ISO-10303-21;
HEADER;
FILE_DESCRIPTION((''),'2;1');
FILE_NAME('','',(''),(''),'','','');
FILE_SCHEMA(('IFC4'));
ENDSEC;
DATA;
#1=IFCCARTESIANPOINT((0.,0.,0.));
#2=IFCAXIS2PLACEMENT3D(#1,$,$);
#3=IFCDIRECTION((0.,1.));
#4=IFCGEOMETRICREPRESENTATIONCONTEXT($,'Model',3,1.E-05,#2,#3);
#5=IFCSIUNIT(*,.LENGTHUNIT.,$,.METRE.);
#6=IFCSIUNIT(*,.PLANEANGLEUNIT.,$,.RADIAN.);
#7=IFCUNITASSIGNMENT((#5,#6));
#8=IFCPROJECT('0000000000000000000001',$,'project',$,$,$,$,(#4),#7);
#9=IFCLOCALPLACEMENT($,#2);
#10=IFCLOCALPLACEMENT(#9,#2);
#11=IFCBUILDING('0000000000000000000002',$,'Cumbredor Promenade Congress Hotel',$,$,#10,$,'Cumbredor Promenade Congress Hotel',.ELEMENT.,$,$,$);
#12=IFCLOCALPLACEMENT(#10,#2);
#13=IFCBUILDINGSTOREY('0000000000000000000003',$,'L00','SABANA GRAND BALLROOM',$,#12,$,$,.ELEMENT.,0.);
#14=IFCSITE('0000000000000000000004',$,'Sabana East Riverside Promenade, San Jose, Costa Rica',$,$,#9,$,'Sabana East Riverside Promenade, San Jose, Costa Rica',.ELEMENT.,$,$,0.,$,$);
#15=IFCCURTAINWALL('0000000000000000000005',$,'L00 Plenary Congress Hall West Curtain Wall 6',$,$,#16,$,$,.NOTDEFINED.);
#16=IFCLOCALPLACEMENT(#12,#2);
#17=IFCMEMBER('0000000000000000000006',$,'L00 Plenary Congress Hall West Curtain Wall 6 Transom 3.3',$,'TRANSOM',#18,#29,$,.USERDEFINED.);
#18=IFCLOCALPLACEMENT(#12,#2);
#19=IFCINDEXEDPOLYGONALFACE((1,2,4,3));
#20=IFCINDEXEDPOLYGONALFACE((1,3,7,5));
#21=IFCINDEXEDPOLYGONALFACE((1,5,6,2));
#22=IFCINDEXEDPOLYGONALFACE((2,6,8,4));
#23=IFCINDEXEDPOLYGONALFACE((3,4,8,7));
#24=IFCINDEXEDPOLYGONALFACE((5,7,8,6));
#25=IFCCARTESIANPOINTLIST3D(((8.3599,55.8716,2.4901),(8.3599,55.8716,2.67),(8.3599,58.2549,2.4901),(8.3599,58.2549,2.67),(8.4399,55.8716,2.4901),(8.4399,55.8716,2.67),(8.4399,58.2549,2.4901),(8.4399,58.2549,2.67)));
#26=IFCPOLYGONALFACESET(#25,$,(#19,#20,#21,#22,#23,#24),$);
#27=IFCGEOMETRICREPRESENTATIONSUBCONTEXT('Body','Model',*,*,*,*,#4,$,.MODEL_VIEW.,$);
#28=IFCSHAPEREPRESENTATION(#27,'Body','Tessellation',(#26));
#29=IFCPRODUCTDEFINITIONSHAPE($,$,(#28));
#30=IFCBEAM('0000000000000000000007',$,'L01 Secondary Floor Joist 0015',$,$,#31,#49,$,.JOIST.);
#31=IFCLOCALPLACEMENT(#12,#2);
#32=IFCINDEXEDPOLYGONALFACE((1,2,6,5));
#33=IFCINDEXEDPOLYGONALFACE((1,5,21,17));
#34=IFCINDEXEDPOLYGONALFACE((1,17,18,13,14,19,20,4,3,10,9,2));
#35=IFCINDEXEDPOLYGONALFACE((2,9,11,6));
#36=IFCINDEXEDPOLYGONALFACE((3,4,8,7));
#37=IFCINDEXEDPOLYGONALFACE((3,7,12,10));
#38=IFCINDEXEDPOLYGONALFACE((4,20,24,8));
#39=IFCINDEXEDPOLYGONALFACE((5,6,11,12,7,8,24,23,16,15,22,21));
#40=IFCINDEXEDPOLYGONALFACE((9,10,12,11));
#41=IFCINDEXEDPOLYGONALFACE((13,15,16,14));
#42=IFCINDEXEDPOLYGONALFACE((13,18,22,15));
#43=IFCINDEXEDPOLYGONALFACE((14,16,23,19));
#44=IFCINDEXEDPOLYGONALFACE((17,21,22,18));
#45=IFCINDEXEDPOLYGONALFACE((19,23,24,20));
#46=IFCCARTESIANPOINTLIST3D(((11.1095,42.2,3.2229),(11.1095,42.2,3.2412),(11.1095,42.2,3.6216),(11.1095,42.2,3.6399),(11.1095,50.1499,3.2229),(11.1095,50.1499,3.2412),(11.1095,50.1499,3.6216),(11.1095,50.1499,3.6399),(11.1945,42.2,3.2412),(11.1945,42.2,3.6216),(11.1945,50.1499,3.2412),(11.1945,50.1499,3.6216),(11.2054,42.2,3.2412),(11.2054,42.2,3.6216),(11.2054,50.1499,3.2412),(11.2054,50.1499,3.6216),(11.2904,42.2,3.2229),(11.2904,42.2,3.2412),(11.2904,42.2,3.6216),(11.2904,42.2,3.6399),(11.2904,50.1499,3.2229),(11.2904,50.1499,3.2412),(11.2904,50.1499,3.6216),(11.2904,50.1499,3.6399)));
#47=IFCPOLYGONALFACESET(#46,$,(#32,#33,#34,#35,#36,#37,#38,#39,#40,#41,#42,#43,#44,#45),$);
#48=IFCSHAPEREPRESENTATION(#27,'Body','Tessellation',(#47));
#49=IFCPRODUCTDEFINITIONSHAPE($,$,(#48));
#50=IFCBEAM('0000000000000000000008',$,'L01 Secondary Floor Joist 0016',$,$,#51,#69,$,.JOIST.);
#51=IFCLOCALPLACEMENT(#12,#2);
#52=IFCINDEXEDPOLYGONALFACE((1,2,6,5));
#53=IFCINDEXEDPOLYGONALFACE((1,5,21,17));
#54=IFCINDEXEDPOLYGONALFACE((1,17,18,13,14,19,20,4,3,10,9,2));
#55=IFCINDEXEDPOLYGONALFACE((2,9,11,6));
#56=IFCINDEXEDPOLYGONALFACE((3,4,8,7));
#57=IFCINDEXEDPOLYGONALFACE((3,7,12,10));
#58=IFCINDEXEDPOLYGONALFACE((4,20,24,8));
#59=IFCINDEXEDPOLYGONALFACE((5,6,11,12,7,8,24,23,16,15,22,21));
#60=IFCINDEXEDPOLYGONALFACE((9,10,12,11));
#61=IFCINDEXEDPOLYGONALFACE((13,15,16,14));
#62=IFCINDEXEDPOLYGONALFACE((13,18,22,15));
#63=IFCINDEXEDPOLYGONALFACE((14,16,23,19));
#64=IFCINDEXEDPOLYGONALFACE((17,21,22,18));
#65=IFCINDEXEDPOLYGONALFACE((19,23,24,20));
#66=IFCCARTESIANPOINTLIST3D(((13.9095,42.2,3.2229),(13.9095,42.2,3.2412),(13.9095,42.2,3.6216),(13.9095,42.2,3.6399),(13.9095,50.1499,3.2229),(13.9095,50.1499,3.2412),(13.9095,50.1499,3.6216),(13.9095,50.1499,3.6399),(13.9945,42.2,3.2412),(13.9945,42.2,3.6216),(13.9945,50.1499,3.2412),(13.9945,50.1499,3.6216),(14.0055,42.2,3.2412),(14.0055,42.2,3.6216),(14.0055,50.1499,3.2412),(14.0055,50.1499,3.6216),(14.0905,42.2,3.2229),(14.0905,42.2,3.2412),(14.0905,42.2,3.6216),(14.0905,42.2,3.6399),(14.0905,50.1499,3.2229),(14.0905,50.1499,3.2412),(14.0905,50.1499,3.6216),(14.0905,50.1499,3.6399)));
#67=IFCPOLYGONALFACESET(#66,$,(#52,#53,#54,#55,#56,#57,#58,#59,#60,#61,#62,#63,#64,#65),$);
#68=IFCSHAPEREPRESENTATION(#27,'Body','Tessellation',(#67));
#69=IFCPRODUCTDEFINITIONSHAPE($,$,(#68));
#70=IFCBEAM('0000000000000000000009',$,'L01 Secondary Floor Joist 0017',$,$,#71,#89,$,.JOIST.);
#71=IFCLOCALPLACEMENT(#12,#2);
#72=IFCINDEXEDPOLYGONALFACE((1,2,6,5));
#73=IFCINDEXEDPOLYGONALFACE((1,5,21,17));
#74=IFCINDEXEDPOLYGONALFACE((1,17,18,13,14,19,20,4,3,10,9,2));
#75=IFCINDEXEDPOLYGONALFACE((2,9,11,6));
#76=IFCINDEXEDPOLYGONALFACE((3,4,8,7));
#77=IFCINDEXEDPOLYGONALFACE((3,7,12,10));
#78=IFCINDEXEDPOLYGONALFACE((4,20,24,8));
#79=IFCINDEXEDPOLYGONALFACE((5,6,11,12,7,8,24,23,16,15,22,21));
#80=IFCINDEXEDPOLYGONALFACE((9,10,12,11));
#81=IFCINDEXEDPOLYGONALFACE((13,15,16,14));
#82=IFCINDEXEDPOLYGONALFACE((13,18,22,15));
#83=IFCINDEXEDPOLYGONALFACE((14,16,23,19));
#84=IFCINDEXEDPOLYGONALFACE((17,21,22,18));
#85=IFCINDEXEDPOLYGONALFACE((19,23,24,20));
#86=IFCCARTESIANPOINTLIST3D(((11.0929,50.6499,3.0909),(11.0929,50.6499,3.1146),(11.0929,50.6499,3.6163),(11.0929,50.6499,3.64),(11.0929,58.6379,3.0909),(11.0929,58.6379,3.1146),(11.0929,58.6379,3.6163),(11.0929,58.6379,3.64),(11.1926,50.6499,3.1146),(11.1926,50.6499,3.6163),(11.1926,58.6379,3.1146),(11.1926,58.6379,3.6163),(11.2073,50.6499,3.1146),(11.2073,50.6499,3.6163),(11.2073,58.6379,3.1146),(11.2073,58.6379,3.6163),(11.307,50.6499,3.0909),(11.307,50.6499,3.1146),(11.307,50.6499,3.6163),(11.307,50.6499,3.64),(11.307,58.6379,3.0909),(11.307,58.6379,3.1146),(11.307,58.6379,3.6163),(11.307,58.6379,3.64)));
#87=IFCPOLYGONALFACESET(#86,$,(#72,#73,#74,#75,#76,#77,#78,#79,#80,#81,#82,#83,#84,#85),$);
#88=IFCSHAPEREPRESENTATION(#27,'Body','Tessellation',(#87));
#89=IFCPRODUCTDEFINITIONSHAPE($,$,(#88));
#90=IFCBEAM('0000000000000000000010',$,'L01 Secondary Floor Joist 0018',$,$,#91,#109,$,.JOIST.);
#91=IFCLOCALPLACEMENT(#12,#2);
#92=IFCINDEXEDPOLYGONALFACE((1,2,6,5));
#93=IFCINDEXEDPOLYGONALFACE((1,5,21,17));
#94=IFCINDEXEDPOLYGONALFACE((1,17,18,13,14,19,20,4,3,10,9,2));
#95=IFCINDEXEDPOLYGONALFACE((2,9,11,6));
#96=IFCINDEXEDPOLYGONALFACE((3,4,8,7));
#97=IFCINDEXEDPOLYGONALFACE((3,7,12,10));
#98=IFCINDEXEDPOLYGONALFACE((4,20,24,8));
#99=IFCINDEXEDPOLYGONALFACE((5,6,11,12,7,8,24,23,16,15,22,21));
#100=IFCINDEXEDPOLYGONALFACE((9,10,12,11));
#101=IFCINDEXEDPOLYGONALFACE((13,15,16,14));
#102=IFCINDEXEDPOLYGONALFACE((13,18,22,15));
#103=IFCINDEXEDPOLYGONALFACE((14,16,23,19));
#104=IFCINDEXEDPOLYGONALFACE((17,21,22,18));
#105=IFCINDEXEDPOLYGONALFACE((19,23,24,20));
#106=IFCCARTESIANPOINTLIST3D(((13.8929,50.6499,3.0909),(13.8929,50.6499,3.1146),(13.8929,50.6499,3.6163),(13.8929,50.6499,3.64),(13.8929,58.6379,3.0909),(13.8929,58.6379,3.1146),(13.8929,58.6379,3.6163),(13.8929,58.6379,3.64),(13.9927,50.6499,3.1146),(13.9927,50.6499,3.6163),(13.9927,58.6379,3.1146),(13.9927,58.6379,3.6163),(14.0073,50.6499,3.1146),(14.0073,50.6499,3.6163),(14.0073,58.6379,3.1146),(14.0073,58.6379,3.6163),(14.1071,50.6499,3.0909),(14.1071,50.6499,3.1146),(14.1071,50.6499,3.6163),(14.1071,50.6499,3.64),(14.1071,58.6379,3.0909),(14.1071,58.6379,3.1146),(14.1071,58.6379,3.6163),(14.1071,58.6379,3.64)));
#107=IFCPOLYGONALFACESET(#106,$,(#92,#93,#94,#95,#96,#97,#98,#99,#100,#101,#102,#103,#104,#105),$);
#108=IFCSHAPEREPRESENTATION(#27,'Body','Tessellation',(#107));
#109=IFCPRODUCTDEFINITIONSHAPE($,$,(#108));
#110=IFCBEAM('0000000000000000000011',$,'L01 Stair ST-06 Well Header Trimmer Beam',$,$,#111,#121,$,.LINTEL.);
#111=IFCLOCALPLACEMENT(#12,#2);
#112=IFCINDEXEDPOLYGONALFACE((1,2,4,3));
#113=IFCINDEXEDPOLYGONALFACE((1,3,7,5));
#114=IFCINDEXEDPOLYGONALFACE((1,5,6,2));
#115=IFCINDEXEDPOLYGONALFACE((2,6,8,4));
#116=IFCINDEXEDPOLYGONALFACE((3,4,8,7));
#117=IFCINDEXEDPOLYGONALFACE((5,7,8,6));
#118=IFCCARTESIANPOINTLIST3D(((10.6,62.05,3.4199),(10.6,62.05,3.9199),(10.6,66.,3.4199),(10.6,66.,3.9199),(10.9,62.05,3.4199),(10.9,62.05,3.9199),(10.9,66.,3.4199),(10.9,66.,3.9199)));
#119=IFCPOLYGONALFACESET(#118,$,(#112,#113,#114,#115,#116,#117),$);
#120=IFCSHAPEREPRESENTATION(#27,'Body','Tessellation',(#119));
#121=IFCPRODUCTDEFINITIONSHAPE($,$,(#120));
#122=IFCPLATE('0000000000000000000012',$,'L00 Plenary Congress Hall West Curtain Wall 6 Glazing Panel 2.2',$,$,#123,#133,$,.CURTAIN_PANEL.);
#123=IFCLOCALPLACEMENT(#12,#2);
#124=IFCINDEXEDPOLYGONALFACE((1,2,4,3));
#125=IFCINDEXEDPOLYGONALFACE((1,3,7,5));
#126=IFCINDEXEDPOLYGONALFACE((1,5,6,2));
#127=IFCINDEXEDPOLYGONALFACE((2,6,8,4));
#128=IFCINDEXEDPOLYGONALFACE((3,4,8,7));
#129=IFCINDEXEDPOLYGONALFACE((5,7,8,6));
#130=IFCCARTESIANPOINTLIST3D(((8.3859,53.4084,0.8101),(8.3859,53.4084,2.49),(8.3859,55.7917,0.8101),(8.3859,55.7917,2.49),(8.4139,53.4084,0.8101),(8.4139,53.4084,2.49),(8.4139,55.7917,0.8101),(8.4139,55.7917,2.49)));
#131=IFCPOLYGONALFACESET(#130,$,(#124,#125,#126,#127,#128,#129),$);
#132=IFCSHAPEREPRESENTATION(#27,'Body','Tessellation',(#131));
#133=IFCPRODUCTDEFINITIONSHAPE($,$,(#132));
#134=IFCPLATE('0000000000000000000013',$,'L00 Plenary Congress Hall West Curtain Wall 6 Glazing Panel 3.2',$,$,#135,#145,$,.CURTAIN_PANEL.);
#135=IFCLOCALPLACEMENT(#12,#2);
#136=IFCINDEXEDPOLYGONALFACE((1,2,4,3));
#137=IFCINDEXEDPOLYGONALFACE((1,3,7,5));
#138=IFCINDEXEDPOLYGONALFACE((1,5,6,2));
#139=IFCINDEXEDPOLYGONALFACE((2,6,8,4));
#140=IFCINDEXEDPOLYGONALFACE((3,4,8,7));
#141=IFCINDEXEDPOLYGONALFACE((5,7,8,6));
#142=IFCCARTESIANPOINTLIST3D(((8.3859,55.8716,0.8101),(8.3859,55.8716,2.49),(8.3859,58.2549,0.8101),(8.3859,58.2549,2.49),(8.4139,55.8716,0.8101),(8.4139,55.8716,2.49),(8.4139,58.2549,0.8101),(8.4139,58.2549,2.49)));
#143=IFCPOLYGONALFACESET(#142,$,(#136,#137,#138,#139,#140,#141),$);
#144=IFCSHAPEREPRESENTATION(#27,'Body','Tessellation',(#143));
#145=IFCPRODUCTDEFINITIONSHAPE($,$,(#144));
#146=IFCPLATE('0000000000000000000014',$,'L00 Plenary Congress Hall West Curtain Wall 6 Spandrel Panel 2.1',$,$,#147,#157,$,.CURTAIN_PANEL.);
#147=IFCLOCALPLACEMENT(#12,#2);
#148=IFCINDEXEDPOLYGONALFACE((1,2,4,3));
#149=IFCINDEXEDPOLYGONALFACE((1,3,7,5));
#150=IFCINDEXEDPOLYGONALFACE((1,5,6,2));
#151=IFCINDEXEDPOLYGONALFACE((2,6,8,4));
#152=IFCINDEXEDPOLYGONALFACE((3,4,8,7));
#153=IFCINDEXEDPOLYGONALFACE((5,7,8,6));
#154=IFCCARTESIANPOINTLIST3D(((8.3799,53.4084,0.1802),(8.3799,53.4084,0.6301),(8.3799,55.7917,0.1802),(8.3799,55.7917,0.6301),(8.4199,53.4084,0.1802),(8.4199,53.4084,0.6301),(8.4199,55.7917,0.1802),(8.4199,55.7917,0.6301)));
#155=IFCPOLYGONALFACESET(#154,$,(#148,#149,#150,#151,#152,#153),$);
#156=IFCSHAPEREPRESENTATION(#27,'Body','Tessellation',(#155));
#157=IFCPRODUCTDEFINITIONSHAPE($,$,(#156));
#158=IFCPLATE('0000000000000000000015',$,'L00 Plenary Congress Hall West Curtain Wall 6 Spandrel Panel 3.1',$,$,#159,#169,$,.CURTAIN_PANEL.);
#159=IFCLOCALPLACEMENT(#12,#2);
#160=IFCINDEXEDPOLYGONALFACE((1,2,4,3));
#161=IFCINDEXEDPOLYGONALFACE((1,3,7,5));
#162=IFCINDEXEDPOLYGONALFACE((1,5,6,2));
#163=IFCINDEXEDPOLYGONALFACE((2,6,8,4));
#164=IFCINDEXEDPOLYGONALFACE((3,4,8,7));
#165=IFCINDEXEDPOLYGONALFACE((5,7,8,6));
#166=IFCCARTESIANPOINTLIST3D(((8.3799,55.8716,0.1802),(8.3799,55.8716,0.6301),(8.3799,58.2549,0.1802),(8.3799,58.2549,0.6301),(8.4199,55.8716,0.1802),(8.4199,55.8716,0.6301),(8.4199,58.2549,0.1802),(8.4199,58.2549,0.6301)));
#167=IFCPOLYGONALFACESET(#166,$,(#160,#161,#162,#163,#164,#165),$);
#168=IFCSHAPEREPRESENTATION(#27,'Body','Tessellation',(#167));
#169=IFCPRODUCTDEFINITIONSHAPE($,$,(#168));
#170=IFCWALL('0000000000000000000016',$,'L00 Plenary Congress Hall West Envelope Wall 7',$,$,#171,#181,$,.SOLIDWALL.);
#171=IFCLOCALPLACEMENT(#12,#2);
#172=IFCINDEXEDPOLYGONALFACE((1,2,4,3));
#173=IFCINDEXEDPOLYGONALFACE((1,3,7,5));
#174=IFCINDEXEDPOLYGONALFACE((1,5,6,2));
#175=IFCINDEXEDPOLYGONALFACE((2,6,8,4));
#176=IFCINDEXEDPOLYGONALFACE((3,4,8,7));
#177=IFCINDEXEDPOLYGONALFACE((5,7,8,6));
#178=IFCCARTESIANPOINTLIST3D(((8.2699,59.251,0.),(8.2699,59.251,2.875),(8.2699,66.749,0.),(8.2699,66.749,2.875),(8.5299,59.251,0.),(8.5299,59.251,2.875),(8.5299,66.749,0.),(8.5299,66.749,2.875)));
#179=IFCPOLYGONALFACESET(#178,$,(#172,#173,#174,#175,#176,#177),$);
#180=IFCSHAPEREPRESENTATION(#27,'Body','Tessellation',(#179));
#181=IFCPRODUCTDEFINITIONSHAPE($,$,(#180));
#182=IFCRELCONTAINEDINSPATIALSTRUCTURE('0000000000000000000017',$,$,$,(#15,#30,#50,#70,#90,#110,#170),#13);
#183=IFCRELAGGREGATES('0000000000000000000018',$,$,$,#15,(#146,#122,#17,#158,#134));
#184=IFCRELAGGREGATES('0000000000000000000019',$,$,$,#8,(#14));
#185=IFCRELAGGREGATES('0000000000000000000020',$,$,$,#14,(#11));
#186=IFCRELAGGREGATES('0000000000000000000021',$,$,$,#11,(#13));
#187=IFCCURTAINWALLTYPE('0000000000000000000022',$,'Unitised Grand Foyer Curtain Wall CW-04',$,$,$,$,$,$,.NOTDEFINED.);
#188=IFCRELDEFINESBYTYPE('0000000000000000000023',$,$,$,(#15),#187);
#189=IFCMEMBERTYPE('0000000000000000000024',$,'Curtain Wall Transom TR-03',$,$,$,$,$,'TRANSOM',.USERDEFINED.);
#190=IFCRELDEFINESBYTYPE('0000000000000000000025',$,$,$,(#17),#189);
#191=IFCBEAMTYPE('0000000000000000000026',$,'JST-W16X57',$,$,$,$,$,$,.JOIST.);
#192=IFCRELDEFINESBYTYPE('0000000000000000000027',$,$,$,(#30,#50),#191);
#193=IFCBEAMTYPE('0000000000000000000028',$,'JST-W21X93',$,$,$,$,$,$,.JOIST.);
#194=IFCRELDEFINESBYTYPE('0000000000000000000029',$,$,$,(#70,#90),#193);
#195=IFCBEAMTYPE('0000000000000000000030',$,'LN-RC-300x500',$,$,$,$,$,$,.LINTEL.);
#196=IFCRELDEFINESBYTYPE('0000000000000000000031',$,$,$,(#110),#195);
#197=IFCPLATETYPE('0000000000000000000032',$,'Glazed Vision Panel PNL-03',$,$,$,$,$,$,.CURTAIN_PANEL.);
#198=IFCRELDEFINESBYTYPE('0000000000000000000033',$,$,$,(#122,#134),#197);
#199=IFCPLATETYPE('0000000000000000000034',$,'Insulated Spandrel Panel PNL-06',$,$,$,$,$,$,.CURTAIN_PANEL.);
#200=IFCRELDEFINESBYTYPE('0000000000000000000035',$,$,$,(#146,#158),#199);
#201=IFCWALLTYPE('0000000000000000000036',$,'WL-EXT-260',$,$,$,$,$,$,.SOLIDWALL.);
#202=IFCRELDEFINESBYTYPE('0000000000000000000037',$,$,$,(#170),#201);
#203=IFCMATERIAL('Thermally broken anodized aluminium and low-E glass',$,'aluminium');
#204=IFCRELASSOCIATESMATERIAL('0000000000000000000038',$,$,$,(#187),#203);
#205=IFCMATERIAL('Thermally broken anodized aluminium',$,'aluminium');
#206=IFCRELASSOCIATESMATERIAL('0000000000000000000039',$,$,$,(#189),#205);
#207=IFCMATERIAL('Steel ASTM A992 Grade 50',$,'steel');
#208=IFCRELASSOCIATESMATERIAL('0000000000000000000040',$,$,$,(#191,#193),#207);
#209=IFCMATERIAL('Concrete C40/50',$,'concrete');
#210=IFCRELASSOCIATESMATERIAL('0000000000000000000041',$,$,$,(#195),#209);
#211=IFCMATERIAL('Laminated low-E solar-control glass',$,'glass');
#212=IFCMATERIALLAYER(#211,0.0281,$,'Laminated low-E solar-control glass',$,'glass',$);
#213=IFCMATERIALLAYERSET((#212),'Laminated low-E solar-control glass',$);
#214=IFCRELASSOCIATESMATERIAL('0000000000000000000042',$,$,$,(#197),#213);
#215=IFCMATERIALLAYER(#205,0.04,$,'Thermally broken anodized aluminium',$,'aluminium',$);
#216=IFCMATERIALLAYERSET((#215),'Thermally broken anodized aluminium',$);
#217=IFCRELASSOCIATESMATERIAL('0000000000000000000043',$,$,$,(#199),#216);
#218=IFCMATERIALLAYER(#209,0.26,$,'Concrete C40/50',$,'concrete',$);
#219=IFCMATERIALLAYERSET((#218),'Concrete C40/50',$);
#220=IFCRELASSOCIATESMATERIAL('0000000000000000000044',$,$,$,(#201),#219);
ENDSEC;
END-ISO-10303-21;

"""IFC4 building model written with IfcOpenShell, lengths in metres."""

from ifc_helpers import new_model, si_unit, direction, frame, frame_2d, origin, origin_2d, place, context, subcontext, project, spatial, rectangle, i_section, extrude, material, layer, layer_set, material_profile, profile_set, type_object, element, aggregate, save


model = new_model("IFC4")

# Units and contexts
model_context = context("Model", 3, precision=1e-05, world=origin(), true_north=direction((0.0, 1.0)))
body_context = subcontext(model_context, "Body", "Model", "MODEL_VIEW")
ifc_project = project(units=[si_unit("LENGTHUNIT", "METRE"), si_unit("PLANEANGLEUNIT", "RADIAN")], contexts=[model_context])

# Site, building, storey
site_placement = place(None, origin())
site = spatial("IfcSite", under=ifc_project, at=site_placement, Name="Sabana East Riverside Promenade, San Jose, Costa Rica", LongName="Sabana East Riverside Promenade, San Jose, Costa Rica", CompositionType="ELEMENT", RefElevation=0.0)
building_placement = place(site_placement, origin())
building = spatial("IfcBuilding", under=site, at=building_placement, Name="Cumbredor Promenade Congress Hotel", LongName="Cumbredor Promenade Congress Hotel", CompositionType="ELEMENT")
storey_placement = place(building_placement, origin())
storey = spatial("IfcBuildingStorey", under=building, at=storey_placement, Name="L00", Description="SABANA GRAND BALLROOM", CompositionType="ELEMENT", Elevation=0.0)

# Shared definitions
ifc_material_1 = material(Name="Concrete C40/50", Category="concrete")
ifc_material_2 = material(Name="Steel ASTM A992 Grade 50", Category="steel")

# Curtain wall, member
ifc_material_3 = material(Name="Thermally broken anodized aluminium and low-E glass", Category="aluminium")
curtain_wall_type = type_object("IfcCurtainWallType", Name="Unitised Grand Foyer Curtain Wall CW-04", PredefinedType="NOTDEFINED", material=ifc_material_3)
curtain_wall_placement = place(storey_placement, origin())
curtain_wall = element("IfcCurtainWall", 1, at=curtain_wall_placement, inside=storey, type_object=curtain_wall_type, Name="L00 Plenary Congress Hall West Curtain Wall 6", PredefinedType="NOTDEFINED")
ifc_material_4 = material(Name="Thermally broken anodized aluminium", Category="aluminium")
ifc_material_profile_1 = material_profile(ifc_material_4, rectangle(XDim=0.0801, YDim=0.1799, at=origin_2d()), Name="ALU TRANSOM 80x180")
ifc_profile_set_1 = profile_set([ifc_material_profile_1], Name="Thermally broken anodized aluminium")
member_type_1 = type_object("IfcMemberType", Name="Curtain Wall Transom TR-03", ElementType="TRANSOM", PredefinedType="USERDEFINED", material=ifc_profile_set_1)
member_1_placement = place(storey_placement, frame((8.3999, 55.8716, 2.5801), z_axis=(0.0, 1.0, 0.0), x_axis=(-1.0, 0.0, 0.0)))
member_1 = element("IfcMember", 2, at=member_1_placement, type_object=member_type_1, Name="L00 Plenary Congress Hall West Curtain Wall 6 Transom 3.3", ObjectType="TRANSOM", PredefinedType="USERDEFINED", context=body_context, shape_type="SweptSolid", body=[
    extrude(rectangle(XDim=0.0801, YDim=0.1799, at=origin_2d()), origin(), (0.0, 0.0, 1.0), 2.3833),
])

# Beams
ifc_material_profile_2 = material_profile(ifc_material_2, i_section(OverallWidth=0.1809, OverallDepth=0.417, WebThickness=0.011, FlangeThickness=0.0183, at=origin_2d()), Name="W16X57")
ifc_profile_set_2 = profile_set([ifc_material_profile_2], Name="Steel ASTM A992 Grade 50")
beam_type_1 = type_object("IfcBeamType", Name="JST-W16X57", PredefinedType="JOIST", material=ifc_profile_set_2)
for number, where, z_axis, x_axis, name in (
    (3, (11.2, 42.2, 3.4314), (0.0, 1.0, 0.0), (-1.0, 0.0, 0.0), "L01 Secondary Floor Joist 0015"),
    (4, (14.0, 42.2, 3.4314), (0.0, 1.0, 0.0), (-1.0, 0.0, 0.0), "L01 Secondary Floor Joist 0016"),
):
    element("IfcBeam", number, at=place(storey_placement, frame(where, z_axis=z_axis, x_axis=x_axis)), inside=storey, type_object=beam_type_1, Name=name, PredefinedType="JOIST", context=body_context, shape_type="SweptSolid", body=[
        extrude(i_section(OverallWidth=0.1809, OverallDepth=0.417, WebThickness=0.011, FlangeThickness=0.0183, at=origin_2d()), origin(), (0.0, 0.0, 1.0), 7.95),
    ])
ifc_material_profile_3 = material_profile(ifc_material_2, i_section(OverallWidth=0.2141, OverallDepth=0.5491, WebThickness=0.0146, FlangeThickness=0.0237, at=origin_2d()), Name="W21X93")
ifc_profile_set_3 = profile_set([ifc_material_profile_3], Name="Steel ASTM A992 Grade 50")
beam_type_2 = type_object("IfcBeamType", Name="JST-W21X93", PredefinedType="JOIST", material=ifc_profile_set_3)
for number, where, z_axis, x_axis, name in (
    (5, (11.2, 50.6499, 3.3655), (0.0, 1.0, 0.0), (-1.0, 0.0, 0.0), "L01 Secondary Floor Joist 0017"),
    (6, (14.0, 50.6499, 3.3655), (0.0, 1.0, 0.0), (-1.0, 0.0, 0.0), "L01 Secondary Floor Joist 0018"),
):
    element("IfcBeam", number, at=place(storey_placement, frame(where, z_axis=z_axis, x_axis=x_axis)), inside=storey, type_object=beam_type_2, Name=name, PredefinedType="JOIST", context=body_context, shape_type="SweptSolid", body=[
        extrude(i_section(OverallWidth=0.2141, OverallDepth=0.5491, WebThickness=0.0146, FlangeThickness=0.0237, at=origin_2d()), origin(), (0.0, 0.0, 1.0), 7.988),
    ])
ifc_material_profile_4 = material_profile(ifc_material_1, rectangle(XDim=0.3, YDim=0.5, at=origin_2d()), Name="RC LINTEL 300x500")
ifc_profile_set_4 = profile_set([ifc_material_profile_4], Name="Concrete C40/50")
beam_type_3 = type_object("IfcBeamType", Name="LN-RC-300x500", PredefinedType="LINTEL", material=ifc_profile_set_4)
beam_1_placement = place(storey_placement, frame((10.75, 62.05, 3.6699), z_axis=(0.0, 1.0, 0.0), x_axis=(-1.0, 0.0, 0.0)))
element("IfcBeam", 7, at=beam_1_placement, inside=storey, type_object=beam_type_3, Name="L01 Stair ST-06 Well Header Trimmer Beam", PredefinedType="LINTEL", context=body_context, shape_type="SweptSolid", body=[
    extrude(rectangle(XDim=0.3, YDim=0.5, at=origin_2d()), origin(), (0.0, 0.0, 1.0), 3.95),
])

# Plates
ifc_material_5 = material(Name="Laminated low-E solar-control glass", Category="glass")
ifc_layer_1 = layer(ifc_material_5, 0.0281, Name="Laminated low-E solar-control glass", Category="glass")
ifc_layer_set_1 = layer_set([ifc_layer_1], Name="Laminated low-E solar-control glass")
plate_type_1 = type_object("IfcPlateType", Name="Glazed Vision Panel PNL-03", PredefinedType="CURTAIN_PANEL", material=ifc_layer_set_1)
plate_1_placement = place(storey_placement, frame((8.3999, 54.6001, 0.8101), z_axis=(0.0, 0.0, 1.0), x_axis=(0.0, 1.0, 0.0)))
plate_1 = element("IfcPlate", 8, at=plate_1_placement, type_object=plate_type_1, Name="L00 Plenary Congress Hall West Curtain Wall 6 Glazing Panel 2.2", PredefinedType="CURTAIN_PANEL", context=body_context, shape_type="SweptSolid", body=[
    extrude(rectangle(XDim=2.3833, YDim=0.0281, at=origin_2d()), origin(), (0.0, 0.0, 1.0), 1.6799),
])
plate_2_placement = place(storey_placement, frame((8.3999, 57.0632, 0.8101), z_axis=(0.0, 0.0, 1.0), x_axis=(0.0, 1.0, 0.0)))
plate_2 = element("IfcPlate", 9, at=plate_2_placement, type_object=plate_type_1, Name="L00 Plenary Congress Hall West Curtain Wall 6 Glazing Panel 3.2", PredefinedType="CURTAIN_PANEL", context=body_context, shape_type="SweptSolid", body=[
    extrude(rectangle(XDim=2.3833, YDim=0.0281, at=origin_2d()), origin(), (0.0, 0.0, 1.0), 1.6799),
])
ifc_layer_2 = layer(ifc_material_4, 0.04, Name="Thermally broken anodized aluminium", Category="aluminium")
ifc_layer_set_2 = layer_set([ifc_layer_2], Name="Thermally broken anodized aluminium")
plate_type_2 = type_object("IfcPlateType", Name="Insulated Spandrel Panel PNL-06", PredefinedType="CURTAIN_PANEL", material=ifc_layer_set_2)
plate_3_placement = place(storey_placement, frame((8.3999, 54.6001, 0.1802), z_axis=(0.0, 0.0, 1.0), x_axis=(0.0, 1.0, 0.0)))
plate_3 = element("IfcPlate", 10, at=plate_3_placement, type_object=plate_type_2, Name="L00 Plenary Congress Hall West Curtain Wall 6 Spandrel Panel 2.1", PredefinedType="CURTAIN_PANEL", context=body_context, shape_type="SweptSolid", body=[
    extrude(rectangle(XDim=2.3833, YDim=0.04, at=origin_2d()), origin(), (0.0, 0.0, 1.0), 0.45),
])
plate_4_placement = place(storey_placement, frame((8.3999, 57.0632, 0.1802), z_axis=(0.0, 0.0, 1.0), x_axis=(0.0, 1.0, 0.0)))
plate_4 = element("IfcPlate", 11, at=plate_4_placement, type_object=plate_type_2, Name="L00 Plenary Congress Hall West Curtain Wall 6 Spandrel Panel 3.1", PredefinedType="CURTAIN_PANEL", context=body_context, shape_type="SweptSolid", body=[
    extrude(rectangle(XDim=2.3833, YDim=0.04, at=origin_2d()), origin(), (0.0, 0.0, 1.0), 0.45),
])
aggregate(curtain_wall, [plate_3, plate_1, member_1, plate_4, plate_2])

# Wall
ifc_layer_3 = layer(ifc_material_1, 0.26, Name="Concrete C40/50", Category="concrete")
ifc_layer_set_3 = layer_set([ifc_layer_3], Name="Concrete C40/50")
wall_type = type_object("IfcWallType", Name="WL-EXT-260", PredefinedType="SOLIDWALL", material=ifc_layer_set_3)
wall_placement = place(storey_placement, frame((8.3999, 59.251, 0.0), z_axis=(0.0, 0.0, 1.0), x_axis=(0.0, 1.0, 0.0)))
element("IfcWall", 12, at=wall_placement, inside=storey, type_object=wall_type, Name="L00 Plenary Congress Hall West Envelope Wall 7", PredefinedType="SOLIDWALL", context=body_context, shape_type="SweptSolid", body=[
    extrude(rectangle(XDim=7.498, YDim=0.26, at=frame_2d((3.749, 0.0))), origin(), (0.0, 0.0, 1.0), 2.875),
])

save(model, "model.ifc")
